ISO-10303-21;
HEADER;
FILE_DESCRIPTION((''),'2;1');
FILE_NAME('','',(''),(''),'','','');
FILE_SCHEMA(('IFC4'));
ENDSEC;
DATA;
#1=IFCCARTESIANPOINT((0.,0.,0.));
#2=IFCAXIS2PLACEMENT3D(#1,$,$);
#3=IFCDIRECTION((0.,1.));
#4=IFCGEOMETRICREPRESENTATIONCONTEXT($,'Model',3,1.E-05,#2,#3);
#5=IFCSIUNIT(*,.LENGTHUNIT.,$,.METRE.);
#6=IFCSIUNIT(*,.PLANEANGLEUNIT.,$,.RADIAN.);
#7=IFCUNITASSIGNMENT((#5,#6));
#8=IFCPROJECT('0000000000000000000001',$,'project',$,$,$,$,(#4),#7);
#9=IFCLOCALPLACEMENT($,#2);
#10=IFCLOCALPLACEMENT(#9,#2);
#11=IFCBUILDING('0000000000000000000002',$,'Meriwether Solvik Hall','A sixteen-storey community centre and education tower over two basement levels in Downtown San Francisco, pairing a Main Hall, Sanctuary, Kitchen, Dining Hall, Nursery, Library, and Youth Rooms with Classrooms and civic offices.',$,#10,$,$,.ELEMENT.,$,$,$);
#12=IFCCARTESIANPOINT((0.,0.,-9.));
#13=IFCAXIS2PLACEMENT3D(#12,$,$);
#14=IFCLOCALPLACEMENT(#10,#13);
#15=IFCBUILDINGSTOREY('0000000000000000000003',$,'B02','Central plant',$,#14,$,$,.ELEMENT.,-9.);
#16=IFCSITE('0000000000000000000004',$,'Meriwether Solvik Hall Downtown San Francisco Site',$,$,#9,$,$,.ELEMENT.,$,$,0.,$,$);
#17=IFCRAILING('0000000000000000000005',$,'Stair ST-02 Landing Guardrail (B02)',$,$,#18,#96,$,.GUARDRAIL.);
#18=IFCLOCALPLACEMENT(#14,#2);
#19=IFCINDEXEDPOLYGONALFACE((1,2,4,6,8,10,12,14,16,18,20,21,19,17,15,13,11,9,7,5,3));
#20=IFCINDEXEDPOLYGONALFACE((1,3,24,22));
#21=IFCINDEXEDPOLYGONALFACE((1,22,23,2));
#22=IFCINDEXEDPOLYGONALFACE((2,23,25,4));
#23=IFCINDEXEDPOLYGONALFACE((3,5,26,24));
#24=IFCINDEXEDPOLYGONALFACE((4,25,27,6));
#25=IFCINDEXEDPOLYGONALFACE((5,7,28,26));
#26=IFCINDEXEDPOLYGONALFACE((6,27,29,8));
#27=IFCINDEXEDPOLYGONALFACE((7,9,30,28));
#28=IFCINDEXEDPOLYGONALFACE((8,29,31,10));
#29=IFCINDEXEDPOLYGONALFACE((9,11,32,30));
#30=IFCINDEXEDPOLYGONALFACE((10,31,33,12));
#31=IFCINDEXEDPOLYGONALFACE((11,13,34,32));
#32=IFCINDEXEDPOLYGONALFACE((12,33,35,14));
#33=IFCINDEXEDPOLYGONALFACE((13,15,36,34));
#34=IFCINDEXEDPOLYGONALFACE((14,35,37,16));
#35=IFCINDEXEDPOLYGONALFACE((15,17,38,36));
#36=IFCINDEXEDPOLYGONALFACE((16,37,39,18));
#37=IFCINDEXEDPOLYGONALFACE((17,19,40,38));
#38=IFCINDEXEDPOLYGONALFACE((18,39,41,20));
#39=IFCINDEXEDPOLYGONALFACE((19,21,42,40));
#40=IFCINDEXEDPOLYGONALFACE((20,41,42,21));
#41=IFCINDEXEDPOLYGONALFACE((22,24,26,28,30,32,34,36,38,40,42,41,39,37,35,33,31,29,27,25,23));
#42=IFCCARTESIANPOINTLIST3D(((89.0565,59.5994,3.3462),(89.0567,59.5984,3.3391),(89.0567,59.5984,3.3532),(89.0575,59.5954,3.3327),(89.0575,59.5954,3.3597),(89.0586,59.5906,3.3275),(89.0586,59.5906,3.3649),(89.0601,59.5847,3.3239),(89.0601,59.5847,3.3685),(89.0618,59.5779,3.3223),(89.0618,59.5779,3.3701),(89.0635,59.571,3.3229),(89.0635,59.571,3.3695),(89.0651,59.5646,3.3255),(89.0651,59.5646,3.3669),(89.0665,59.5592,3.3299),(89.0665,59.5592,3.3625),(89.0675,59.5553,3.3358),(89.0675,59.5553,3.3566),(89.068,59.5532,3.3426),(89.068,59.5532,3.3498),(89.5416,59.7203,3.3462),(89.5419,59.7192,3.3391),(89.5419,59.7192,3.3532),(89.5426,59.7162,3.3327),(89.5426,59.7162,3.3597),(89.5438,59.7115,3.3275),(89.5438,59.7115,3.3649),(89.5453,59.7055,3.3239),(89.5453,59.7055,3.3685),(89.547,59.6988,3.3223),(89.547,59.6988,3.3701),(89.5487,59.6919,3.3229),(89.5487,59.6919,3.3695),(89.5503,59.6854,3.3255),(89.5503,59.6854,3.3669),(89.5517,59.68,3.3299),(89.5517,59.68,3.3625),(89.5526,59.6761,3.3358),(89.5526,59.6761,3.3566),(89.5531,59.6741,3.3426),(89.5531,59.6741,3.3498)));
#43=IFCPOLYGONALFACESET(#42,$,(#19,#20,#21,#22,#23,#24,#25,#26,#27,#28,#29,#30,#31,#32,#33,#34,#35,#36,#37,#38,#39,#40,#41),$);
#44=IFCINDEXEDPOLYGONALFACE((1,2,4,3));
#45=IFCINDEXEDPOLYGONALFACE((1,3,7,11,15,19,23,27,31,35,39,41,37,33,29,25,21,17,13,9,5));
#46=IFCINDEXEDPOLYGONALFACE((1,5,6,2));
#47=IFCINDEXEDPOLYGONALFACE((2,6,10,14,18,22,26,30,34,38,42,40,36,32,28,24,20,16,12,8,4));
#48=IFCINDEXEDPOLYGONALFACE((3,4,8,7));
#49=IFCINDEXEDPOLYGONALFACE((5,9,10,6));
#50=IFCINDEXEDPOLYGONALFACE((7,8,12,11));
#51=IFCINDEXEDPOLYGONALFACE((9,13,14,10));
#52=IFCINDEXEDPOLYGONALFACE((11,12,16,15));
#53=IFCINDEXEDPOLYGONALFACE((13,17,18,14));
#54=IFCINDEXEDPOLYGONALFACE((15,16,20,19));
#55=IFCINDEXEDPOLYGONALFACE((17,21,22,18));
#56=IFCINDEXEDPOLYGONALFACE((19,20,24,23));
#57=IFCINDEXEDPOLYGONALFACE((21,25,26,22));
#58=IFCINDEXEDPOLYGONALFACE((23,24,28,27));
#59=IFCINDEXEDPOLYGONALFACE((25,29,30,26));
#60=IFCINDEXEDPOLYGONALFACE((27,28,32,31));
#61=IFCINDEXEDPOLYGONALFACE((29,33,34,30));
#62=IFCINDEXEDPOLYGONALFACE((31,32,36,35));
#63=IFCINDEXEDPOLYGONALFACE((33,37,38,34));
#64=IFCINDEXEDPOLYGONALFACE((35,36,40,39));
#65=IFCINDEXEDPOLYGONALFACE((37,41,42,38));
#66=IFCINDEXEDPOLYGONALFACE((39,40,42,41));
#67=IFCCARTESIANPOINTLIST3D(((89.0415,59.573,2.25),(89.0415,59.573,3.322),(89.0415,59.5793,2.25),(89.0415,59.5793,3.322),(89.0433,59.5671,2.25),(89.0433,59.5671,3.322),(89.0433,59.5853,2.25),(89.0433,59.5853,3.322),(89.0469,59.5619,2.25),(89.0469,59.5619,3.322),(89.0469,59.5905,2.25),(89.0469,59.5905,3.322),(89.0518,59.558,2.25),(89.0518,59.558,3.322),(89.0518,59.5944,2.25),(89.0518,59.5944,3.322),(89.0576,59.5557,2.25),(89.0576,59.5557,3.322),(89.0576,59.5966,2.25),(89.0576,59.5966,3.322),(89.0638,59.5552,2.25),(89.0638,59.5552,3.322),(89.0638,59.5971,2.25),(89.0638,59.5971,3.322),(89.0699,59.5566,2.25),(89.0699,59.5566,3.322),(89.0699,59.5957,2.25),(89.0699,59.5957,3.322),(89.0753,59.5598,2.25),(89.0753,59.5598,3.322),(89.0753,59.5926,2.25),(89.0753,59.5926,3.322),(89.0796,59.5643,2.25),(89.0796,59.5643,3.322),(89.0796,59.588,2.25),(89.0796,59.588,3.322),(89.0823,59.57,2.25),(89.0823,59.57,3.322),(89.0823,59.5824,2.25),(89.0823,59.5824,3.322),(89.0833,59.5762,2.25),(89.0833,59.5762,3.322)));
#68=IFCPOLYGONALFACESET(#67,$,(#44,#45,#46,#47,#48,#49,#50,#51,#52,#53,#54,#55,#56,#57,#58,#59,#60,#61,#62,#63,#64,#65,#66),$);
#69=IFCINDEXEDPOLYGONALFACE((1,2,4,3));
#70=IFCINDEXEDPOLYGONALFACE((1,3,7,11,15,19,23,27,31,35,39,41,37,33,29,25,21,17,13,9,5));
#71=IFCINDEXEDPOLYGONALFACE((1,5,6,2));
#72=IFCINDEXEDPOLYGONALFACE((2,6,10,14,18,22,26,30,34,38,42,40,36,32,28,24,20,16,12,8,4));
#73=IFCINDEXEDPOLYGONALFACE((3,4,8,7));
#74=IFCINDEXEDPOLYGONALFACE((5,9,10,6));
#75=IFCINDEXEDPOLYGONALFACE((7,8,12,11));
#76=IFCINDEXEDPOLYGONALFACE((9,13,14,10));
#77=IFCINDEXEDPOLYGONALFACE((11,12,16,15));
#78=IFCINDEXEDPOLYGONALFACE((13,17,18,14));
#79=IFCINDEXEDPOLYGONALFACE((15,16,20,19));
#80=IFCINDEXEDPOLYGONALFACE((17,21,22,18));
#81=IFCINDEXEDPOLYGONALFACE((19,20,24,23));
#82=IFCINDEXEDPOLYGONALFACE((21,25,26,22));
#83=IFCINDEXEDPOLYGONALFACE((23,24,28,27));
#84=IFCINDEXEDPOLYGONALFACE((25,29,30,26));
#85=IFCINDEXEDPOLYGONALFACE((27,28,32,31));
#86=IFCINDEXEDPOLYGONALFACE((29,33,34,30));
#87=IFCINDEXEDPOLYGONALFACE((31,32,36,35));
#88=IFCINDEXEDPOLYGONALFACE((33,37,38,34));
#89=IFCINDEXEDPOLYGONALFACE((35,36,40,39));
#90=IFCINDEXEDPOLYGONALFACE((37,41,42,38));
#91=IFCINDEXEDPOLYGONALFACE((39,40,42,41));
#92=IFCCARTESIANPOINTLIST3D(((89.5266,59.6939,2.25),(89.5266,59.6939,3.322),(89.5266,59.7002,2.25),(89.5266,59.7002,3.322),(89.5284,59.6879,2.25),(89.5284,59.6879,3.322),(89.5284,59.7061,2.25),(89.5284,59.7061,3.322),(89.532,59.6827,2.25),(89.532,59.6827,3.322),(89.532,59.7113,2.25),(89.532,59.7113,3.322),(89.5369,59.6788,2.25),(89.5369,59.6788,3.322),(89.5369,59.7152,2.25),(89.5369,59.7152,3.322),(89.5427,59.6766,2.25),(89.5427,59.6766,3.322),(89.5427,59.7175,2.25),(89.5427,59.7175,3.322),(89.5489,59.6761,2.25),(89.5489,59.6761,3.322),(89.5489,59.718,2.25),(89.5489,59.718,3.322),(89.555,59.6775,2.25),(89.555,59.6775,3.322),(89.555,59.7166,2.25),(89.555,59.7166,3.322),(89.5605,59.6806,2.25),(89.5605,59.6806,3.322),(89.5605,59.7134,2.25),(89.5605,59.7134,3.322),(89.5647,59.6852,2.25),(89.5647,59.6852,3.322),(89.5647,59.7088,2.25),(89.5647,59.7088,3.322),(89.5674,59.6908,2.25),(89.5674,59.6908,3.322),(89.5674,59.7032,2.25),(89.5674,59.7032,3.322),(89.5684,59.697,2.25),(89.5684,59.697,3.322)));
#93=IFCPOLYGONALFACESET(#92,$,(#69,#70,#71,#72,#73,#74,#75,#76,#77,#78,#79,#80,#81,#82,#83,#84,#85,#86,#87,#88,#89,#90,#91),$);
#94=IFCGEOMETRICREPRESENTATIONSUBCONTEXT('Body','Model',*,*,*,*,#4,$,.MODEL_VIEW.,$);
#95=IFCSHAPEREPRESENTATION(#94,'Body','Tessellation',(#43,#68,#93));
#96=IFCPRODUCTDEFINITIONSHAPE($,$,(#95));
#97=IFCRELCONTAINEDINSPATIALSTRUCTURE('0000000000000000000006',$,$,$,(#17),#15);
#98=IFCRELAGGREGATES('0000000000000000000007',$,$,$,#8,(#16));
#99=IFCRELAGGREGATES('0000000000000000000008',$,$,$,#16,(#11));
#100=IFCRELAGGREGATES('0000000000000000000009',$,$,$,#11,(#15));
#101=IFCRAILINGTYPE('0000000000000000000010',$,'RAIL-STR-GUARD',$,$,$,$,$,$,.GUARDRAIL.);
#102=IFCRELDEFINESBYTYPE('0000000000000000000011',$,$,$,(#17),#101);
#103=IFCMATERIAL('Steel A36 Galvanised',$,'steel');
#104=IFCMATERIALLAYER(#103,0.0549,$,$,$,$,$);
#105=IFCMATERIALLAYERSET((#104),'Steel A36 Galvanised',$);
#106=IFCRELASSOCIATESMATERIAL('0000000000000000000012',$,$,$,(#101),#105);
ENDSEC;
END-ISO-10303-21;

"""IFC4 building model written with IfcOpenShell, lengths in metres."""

from ifc_helpers import new_model, si_unit, direction, frame, origin, origin_2d, place, context, subcontext, project, spatial, circle, extrude, material, layer, layer_set, type_object, element, save


model = new_model("IFC4")

# Units and contexts
model_context = context("Model", 3, precision=1e-05, world=origin(), true_north=direction((0.0, 1.0)))
body_context = subcontext(model_context, "Body", "Model", "MODEL_VIEW")
ifc_project = project(units=[si_unit("LENGTHUNIT", "METRE"), si_unit("PLANEANGLEUNIT", "RADIAN")], contexts=[model_context])

# Site, building, storey
site_placement = place(None, origin())
site = spatial("IfcSite", under=ifc_project, at=site_placement, Name="Meriwether Solvik Hall Downtown San Francisco Site", CompositionType="ELEMENT", RefElevation=0.0)
building_placement = place(site_placement, origin())
building = spatial("IfcBuilding", under=site, at=building_placement, Name="Meriwether Solvik Hall", Description="A sixteen-storey community centre and education tower over two basement levels in Downtown San Francisco, pairing a Main Hall, Sanctuary, Kitchen, Dining Hall, Nursery, Library, and Youth Rooms with Classrooms and civic offices.", CompositionType="ELEMENT")
storey_placement = place(building_placement, frame((0.0, 0.0, -9.0)))
storey = spatial("IfcBuildingStorey", under=building, at=storey_placement, Name="B02", Description="Central plant", CompositionType="ELEMENT", Elevation=-9.0)

# Railing
ifc_material_1 = material(Name="Steel A36 Galvanised", Category="steel")
ifc_layer_1 = layer(ifc_material_1, 0.0549)
ifc_layer_set_1 = layer_set([ifc_layer_1], Name="Steel A36 Galvanised")
railing_type_1 = type_object("IfcRailingType", Name="RAIL-STR-GUARD", PredefinedType="GUARDRAIL", material=ifc_layer_set_1)
railing_1_placement = place(storey_placement, frame((89.0623, 59.5762, 2.25)))
element("IfcRailing", 1, at=railing_1_placement, inside=storey, type_object=railing_type_1, Name="Stair ST-02 Landing Guardrail (B02)", PredefinedType="GUARDRAIL", context=body_context, shape_type="SweptSolid", body=[
    extrude(circle(Radius=0.0239, at=origin_2d()), frame((0.0, 0.0, 1.0962), z_axis=(0.970343, 0.241731, 0.0), x_axis=(-0.241731, 0.970343, 0.0)), (0.0, 0.0, 1.0), 0.5),
    extrude(circle(Radius=0.021, at=origin_2d()), origin(), (0.0, 0.0, 1.0), 1.072),
    extrude(circle(Radius=0.021, at=origin_2d()), frame((0.4851, 0.1208, 0.0)), (0.0, 0.0, 1.0), 1.072),
])

save(model, "model.ifc")
